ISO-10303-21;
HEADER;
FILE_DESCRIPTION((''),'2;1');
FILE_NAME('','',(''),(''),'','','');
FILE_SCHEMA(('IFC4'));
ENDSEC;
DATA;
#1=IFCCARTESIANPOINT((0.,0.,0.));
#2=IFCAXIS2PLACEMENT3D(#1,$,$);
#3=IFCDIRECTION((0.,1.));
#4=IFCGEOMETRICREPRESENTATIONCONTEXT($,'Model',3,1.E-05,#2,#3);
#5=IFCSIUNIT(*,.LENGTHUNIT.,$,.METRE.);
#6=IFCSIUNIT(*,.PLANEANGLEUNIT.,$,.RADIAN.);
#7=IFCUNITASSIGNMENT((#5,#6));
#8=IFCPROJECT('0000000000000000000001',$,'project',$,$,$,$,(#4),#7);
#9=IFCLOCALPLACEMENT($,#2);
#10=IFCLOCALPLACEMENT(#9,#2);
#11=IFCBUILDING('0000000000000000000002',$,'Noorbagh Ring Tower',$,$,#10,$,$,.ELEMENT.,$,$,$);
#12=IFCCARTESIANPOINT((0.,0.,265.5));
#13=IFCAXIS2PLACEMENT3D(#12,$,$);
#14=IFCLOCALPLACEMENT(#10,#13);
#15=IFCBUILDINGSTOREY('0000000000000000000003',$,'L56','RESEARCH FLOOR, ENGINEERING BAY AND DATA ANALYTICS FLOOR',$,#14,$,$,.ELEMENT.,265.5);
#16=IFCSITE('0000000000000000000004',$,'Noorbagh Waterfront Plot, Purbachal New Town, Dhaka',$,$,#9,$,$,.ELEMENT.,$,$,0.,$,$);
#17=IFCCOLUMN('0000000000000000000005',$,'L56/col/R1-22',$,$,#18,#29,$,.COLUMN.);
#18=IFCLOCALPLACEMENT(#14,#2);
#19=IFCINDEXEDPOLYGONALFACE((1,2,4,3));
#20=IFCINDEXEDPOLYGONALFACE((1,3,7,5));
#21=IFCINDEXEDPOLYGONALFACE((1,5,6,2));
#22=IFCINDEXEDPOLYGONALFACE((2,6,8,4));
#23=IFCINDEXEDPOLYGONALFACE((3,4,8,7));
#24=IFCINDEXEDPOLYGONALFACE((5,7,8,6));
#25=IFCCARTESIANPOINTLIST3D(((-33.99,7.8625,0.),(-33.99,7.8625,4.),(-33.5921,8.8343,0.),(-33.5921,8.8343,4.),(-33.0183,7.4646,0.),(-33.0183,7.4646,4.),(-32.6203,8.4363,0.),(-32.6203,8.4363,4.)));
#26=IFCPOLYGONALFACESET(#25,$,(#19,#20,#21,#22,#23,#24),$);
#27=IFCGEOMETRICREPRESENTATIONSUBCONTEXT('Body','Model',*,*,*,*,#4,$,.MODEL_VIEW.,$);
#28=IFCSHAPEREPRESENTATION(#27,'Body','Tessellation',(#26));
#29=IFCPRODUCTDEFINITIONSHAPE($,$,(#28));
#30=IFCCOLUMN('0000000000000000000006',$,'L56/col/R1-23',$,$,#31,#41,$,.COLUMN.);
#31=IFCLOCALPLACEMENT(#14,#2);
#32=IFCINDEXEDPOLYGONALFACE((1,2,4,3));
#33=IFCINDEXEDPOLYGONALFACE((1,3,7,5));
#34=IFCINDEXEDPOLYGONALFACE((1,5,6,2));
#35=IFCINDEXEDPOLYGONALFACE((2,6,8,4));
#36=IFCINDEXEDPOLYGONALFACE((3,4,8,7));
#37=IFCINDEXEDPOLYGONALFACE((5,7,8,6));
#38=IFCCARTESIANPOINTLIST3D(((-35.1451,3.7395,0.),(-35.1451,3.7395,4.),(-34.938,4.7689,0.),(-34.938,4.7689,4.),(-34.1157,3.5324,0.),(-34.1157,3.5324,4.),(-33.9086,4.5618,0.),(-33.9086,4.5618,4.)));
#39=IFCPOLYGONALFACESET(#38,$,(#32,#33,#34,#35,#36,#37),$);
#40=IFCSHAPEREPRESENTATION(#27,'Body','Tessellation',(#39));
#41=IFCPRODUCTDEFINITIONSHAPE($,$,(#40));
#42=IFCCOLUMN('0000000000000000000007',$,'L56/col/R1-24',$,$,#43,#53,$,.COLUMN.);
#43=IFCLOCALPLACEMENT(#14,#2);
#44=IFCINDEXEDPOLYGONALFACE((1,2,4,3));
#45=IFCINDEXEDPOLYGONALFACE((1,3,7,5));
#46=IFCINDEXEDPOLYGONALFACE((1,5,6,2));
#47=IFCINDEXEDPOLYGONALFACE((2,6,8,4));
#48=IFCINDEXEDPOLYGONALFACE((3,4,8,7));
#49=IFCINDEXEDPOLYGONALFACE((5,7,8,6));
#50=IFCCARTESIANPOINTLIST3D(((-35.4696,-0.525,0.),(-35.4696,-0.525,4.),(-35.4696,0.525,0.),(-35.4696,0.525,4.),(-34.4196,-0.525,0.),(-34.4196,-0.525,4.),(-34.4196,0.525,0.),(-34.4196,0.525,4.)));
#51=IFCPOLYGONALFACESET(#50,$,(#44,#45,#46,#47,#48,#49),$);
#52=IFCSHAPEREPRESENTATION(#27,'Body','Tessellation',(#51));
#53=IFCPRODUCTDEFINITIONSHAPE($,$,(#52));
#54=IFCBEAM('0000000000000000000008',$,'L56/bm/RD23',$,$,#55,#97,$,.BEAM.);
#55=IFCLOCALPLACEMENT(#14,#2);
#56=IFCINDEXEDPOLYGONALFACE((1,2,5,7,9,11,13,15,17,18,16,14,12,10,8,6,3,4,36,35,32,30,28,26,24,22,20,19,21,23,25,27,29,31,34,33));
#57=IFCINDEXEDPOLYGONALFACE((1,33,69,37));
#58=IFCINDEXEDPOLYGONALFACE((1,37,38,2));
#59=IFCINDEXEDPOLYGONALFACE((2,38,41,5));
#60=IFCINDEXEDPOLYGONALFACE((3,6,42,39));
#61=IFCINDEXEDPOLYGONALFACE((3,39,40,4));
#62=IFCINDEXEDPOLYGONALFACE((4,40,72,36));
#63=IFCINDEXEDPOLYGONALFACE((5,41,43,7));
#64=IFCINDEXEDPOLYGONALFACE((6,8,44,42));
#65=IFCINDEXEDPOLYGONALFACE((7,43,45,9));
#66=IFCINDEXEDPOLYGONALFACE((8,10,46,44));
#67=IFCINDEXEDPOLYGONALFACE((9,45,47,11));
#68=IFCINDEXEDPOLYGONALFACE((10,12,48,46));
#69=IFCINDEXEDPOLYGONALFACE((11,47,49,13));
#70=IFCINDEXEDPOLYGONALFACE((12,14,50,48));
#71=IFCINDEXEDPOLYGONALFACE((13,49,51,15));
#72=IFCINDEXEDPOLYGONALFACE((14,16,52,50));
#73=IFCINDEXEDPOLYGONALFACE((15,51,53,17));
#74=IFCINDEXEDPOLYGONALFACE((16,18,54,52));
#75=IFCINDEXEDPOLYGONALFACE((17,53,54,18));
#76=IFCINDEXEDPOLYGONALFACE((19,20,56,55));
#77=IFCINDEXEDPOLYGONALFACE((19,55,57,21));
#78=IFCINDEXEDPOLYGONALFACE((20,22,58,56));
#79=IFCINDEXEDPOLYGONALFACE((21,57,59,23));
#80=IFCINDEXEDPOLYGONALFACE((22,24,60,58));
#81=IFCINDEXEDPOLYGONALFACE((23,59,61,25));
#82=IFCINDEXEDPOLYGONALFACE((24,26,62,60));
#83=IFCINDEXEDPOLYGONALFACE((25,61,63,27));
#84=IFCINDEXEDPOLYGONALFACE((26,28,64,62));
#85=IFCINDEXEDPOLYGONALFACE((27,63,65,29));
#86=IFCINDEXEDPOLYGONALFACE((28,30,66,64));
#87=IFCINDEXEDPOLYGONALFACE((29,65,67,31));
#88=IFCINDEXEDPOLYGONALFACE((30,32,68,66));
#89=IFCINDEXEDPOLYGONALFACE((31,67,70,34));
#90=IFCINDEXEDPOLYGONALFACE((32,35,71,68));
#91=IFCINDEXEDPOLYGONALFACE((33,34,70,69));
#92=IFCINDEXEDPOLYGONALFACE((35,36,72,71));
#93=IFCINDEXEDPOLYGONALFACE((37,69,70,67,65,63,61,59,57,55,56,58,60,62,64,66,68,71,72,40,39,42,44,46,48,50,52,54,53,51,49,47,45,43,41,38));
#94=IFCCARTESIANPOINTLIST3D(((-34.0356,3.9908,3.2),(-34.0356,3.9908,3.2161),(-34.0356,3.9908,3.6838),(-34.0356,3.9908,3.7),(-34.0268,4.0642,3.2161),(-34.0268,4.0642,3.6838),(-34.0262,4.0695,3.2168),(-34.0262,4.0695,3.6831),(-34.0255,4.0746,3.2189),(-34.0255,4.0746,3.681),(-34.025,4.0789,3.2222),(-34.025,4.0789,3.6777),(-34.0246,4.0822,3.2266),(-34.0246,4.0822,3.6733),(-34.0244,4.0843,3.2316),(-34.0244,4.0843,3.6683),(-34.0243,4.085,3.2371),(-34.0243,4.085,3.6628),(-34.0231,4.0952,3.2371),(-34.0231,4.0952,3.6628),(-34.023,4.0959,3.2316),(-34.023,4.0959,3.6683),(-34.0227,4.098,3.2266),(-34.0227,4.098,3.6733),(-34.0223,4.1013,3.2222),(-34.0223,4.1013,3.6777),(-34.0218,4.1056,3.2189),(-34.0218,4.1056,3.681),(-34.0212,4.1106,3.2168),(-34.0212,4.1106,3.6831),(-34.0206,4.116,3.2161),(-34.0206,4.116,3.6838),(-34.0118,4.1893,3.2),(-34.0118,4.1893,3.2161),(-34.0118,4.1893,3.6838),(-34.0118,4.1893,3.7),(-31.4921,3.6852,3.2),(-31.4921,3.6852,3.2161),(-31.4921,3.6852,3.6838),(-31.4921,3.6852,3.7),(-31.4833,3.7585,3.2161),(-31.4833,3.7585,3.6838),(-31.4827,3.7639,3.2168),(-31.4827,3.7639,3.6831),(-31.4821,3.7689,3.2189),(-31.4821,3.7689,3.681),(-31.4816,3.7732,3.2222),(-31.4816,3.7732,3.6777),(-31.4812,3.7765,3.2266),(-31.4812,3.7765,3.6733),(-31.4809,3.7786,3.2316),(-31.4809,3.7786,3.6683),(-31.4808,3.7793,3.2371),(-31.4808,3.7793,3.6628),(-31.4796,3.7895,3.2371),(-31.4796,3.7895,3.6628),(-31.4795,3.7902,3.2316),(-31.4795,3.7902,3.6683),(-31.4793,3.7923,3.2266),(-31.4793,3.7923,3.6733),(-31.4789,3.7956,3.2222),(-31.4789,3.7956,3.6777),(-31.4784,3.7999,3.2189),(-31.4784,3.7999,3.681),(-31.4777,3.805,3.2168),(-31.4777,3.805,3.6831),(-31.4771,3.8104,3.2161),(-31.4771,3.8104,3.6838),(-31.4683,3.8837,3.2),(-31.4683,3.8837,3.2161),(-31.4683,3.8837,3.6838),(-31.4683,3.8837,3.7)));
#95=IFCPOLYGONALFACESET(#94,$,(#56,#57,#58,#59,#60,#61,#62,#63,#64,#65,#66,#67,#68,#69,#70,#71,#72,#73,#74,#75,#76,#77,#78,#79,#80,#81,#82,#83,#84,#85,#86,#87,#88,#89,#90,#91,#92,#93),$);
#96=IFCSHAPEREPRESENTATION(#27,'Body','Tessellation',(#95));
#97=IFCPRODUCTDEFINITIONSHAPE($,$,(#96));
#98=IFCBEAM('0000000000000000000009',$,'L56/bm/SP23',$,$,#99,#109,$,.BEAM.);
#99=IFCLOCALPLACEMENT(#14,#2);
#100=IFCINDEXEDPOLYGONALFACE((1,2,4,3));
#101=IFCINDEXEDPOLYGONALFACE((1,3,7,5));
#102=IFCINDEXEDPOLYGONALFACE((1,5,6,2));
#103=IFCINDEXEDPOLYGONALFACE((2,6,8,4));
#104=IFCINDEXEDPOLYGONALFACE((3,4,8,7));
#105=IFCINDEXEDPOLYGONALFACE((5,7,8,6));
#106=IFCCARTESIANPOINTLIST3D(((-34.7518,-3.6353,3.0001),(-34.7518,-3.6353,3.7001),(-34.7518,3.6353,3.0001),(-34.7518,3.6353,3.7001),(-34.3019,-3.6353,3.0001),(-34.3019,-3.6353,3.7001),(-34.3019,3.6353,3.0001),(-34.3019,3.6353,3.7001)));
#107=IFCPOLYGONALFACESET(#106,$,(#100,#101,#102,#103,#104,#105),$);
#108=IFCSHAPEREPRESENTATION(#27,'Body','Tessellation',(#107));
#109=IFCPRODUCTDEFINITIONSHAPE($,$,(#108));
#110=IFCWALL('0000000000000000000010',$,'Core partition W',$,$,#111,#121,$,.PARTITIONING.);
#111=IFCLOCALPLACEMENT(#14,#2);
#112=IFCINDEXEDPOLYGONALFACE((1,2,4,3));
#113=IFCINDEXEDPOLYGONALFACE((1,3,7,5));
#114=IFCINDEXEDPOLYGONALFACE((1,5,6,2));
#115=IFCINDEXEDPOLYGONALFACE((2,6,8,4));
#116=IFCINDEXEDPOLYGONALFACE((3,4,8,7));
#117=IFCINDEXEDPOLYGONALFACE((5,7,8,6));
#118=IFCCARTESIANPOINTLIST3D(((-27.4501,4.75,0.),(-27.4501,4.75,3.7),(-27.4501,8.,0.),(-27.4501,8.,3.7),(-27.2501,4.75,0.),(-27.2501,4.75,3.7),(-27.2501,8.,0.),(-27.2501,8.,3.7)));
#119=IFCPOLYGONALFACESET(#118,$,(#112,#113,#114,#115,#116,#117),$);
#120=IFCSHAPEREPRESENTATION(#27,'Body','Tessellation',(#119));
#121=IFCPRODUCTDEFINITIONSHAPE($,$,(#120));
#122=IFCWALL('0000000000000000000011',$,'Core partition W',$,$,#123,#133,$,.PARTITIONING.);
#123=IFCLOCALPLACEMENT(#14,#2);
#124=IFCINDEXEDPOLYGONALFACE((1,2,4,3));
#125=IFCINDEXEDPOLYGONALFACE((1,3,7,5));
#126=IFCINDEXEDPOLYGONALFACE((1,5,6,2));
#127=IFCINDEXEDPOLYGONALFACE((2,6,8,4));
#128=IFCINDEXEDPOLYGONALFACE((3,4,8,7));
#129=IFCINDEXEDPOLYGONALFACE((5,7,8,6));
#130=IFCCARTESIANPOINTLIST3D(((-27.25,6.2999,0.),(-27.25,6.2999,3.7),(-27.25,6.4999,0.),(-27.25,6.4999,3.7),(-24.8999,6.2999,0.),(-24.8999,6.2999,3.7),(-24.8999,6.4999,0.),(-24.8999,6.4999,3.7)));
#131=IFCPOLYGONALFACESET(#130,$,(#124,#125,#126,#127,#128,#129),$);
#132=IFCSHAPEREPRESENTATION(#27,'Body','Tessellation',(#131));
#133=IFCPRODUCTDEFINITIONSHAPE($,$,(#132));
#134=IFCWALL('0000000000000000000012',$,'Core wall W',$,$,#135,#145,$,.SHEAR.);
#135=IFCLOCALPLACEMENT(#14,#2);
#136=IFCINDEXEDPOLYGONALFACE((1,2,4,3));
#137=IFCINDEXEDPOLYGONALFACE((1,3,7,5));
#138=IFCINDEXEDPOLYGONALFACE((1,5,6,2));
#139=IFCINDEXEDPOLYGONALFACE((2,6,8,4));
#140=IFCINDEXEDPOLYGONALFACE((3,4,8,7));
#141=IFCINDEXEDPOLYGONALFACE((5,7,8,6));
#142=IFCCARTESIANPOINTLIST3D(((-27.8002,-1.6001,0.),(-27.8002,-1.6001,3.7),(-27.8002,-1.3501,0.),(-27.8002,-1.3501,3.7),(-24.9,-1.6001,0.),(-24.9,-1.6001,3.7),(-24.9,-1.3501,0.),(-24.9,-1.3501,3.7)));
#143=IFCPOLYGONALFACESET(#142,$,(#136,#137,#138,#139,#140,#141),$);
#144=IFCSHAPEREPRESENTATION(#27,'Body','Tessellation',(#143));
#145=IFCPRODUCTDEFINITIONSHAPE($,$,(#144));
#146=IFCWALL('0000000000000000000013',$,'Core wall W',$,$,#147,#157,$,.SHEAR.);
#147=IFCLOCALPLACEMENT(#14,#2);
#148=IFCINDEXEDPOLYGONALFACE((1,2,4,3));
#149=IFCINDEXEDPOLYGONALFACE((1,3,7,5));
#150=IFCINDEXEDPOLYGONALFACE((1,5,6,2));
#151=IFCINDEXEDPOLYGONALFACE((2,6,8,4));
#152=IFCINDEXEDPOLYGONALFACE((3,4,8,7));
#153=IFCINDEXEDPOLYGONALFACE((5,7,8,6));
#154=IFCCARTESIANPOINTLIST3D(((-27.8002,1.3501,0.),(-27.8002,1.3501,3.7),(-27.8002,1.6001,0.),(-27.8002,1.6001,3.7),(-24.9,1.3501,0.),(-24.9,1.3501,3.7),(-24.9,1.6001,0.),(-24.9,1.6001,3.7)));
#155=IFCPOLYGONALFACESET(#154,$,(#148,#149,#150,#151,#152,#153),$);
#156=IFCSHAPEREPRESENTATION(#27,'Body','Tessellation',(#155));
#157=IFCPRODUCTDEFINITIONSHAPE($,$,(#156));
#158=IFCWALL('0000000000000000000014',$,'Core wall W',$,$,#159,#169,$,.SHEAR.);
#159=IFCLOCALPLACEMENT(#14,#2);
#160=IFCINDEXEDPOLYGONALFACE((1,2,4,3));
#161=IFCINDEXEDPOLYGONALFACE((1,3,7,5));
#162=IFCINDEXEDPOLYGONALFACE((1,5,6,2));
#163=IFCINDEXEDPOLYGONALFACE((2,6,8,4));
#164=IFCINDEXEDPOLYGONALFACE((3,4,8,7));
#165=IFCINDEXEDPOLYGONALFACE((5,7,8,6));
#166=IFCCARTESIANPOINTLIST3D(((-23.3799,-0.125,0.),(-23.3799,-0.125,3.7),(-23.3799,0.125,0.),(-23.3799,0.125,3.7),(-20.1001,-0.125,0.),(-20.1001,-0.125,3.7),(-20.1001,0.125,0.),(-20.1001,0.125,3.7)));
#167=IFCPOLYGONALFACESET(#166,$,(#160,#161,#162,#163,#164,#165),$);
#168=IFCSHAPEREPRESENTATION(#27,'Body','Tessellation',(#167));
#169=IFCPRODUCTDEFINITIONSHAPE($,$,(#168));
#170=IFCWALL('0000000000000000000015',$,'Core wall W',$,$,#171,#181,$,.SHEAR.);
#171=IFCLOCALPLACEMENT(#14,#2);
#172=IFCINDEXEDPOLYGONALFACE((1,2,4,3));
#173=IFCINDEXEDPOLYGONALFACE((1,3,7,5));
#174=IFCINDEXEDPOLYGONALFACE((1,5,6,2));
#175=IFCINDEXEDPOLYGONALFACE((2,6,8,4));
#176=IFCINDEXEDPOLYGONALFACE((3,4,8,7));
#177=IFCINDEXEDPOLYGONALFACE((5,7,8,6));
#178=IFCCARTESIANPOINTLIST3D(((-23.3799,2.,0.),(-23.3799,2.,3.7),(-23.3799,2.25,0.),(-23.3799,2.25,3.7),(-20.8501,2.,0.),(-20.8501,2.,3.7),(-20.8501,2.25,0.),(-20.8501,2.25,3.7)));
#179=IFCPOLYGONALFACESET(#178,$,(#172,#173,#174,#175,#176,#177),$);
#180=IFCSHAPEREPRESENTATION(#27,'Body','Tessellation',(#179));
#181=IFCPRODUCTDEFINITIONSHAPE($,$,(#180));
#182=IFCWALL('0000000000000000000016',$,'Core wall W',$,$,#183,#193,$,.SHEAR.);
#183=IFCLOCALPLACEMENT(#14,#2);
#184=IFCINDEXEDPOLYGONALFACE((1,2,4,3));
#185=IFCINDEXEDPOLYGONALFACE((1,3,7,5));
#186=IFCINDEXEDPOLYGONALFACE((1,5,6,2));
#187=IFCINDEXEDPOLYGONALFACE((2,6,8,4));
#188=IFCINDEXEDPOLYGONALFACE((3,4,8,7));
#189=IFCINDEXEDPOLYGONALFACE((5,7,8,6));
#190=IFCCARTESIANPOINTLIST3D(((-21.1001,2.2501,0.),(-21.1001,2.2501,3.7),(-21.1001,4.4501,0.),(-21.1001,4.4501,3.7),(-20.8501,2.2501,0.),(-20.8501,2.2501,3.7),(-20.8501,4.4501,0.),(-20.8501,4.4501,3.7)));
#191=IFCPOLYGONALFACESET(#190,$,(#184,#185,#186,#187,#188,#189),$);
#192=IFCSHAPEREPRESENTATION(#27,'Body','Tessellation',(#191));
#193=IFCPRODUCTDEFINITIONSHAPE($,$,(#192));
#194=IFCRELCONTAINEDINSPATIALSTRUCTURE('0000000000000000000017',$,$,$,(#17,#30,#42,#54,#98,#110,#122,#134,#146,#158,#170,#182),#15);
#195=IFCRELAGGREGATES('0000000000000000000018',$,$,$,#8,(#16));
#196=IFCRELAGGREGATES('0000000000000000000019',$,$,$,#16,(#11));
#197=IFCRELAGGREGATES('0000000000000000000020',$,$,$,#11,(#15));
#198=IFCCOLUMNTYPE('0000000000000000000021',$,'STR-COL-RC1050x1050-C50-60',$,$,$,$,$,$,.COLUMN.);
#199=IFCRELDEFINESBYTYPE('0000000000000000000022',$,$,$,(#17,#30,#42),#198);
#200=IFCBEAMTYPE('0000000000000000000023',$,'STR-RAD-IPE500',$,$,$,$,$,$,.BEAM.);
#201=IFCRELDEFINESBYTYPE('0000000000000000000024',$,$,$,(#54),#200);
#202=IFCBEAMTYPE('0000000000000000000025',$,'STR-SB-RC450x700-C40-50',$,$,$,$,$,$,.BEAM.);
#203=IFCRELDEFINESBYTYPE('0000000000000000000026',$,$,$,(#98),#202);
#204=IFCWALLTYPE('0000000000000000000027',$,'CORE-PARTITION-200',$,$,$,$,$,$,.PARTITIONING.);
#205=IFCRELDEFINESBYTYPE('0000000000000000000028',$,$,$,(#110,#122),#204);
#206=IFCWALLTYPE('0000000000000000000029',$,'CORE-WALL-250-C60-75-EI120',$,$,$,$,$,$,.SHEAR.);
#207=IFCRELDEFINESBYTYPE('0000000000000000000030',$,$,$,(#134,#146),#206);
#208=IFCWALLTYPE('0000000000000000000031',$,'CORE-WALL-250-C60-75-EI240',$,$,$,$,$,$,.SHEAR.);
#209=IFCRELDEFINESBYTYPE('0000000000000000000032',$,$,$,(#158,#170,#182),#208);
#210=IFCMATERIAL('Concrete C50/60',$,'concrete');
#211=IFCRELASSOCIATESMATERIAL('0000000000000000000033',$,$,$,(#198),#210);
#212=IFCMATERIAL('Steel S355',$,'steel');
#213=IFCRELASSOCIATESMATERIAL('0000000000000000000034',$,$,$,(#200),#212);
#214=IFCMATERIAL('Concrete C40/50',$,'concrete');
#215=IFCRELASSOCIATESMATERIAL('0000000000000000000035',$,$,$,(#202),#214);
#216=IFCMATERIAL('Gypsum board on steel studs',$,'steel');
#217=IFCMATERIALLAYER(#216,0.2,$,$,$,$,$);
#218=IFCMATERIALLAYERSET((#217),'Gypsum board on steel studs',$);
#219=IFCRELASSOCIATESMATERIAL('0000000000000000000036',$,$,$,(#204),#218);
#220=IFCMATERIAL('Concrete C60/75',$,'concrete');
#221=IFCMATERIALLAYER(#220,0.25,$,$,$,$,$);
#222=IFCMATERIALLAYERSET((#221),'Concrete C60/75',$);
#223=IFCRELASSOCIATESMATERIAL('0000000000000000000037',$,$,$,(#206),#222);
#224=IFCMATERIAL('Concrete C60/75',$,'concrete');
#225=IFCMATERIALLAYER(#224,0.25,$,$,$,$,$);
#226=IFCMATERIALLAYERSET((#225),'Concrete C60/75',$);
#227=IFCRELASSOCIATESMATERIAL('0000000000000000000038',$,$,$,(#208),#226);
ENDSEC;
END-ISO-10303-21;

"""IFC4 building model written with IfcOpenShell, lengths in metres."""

from ifc_helpers import new_model, si_unit, direction, frame, frame_2d, origin, origin_2d, place, context, subcontext, project, spatial, rectangle, i_section, extrude, material, layer, layer_set, material_profile, profile_set, type_object, element, save


model = new_model("IFC4")

# Units and contexts
model_context = context("Model", 3, precision=1e-05, world=origin(), true_north=direction((0.0, 1.0)))
body_context = subcontext(model_context, "Body", "Model", "MODEL_VIEW")
ifc_project = project(units=[si_unit("LENGTHUNIT", "METRE"), si_unit("PLANEANGLEUNIT", "RADIAN")], contexts=[model_context])

# Site, building, storey
site_placement = place(None, origin())
site = spatial("IfcSite", under=ifc_project, at=site_placement, Name="Noorbagh Waterfront Plot, Purbachal New Town, Dhaka", CompositionType="ELEMENT", RefElevation=0.0)
building_placement = place(site_placement, origin())
building = spatial("IfcBuilding", under=site, at=building_placement, Name="Noorbagh Ring Tower", CompositionType="ELEMENT")
storey_placement = place(building_placement, frame((0.0, 0.0, 265.5)))
storey = spatial("IfcBuildingStorey", under=building, at=storey_placement, Name="L56", Description="RESEARCH FLOOR, ENGINEERING BAY AND DATA ANALYTICS FLOOR", CompositionType="ELEMENT", Elevation=265.5)

# Columns
ifc_material_1 = material(Name="Concrete C50/60", Category="concrete")
ifc_material_profile_1 = material_profile(ifc_material_1, rectangle(XDim=1.05, YDim=1.05, at=origin_2d()), Name="RC1050x1050")
ifc_profile_set_1 = profile_set([ifc_material_profile_1], Name="Concrete C50/60")
column_type = type_object("IfcColumnType", Name="STR-COL-RC1050x1050-C50-60", PredefinedType="COLUMN", material=ifc_profile_set_1)
for number, where, z_axis, x_axis, name in (
    (1, (-33.3052, 8.1494, 0.0), (0.0, 0.0, 1.0), (-0.378989, -0.925401, 0.0), "L56/col/R1-22"),
    (2, (-34.5269, 4.1506, 0.0), (0.0, 0.0, 1.0), (-0.19723, -0.980357, 0.0), "L56/col/R1-23"),
    (3, (-34.9446, 0.0, 0.0), (0.0, 0.0, 1.0), (0.0, -1.0, 0.0), "L56/col/R1-24"),
):
    element("IfcColumn", number, at=place(storey_placement, frame(where, z_axis=z_axis, x_axis=x_axis)), inside=storey, type_object=column_type, Name=name, PredefinedType="COLUMN", context=body_context, shape_type="SweptSolid", body=[
        extrude(rectangle(XDim=1.05, YDim=1.05, at=origin_2d()), origin(), (0.0, 0.0, 1.0), 4.0),
    ])

# Beams
ifc_material_2 = material(Name="Steel S355", Category="steel")
ifc_material_profile_2 = material_profile(ifc_material_2, i_section(OverallWidth=0.2, OverallDepth=0.5, WebThickness=0.0103, FlangeThickness=0.0161, FilletRadius=0.021, at=origin_2d()), Name="IPE500")
ifc_profile_set_2 = profile_set([ifc_material_profile_2], Name="Steel S355")
beam_type_1 = type_object("IfcBeamType", Name="STR-RAD-IPE500", PredefinedType="BEAM", material=ifc_profile_set_2)
beam_1_placement = place(storey_placement, frame((-34.0237, 4.0901, 3.45), z_axis=(0.992856, -0.119318, 0.0), x_axis=(0.119318, 0.992856, 0.0)))
element("IfcBeam", 4, at=beam_1_placement, inside=storey, type_object=beam_type_1, Name="L56/bm/RD23", PredefinedType="BEAM", context=body_context, shape_type="SweptSolid", body=[
    extrude(i_section(OverallWidth=0.2, OverallDepth=0.5, WebThickness=0.0103, FlangeThickness=0.0161, FilletRadius=0.021, at=origin_2d()), origin(), (0.0, 0.0, 1.0), 2.5618),
])
ifc_material_3 = material(Name="Concrete C40/50", Category="concrete")
ifc_material_profile_3 = material_profile(ifc_material_3, rectangle(XDim=0.45, YDim=0.7, at=origin_2d()), Name="RC450x700")
ifc_profile_set_3 = profile_set([ifc_material_profile_3], Name="Concrete C40/50")
beam_type_2 = type_object("IfcBeamType", Name="STR-SB-RC450x700-C40-50", PredefinedType="BEAM", material=ifc_profile_set_3)
beam_2_placement = place(storey_placement, frame((-34.5269, 3.6353, 3.3501), z_axis=(0.0, -1.0, 0.0), x_axis=(1.0, 0.0, 0.0)))
element("IfcBeam", 5, at=beam_2_placement, inside=storey, type_object=beam_type_2, Name="L56/bm/SP23", PredefinedType="BEAM", context=body_context, shape_type="SweptSolid", body=[
    extrude(rectangle(XDim=0.45, YDim=0.7, at=origin_2d()), origin(), (0.0, 0.0, 1.0), 7.2705),
])

# Walls
ifc_material_4 = material(Name="Gypsum board on steel studs", Category="steel")
ifc_layer_1 = layer(ifc_material_4, 0.2)
ifc_layer_set_1 = layer_set([ifc_layer_1], Name="Gypsum board on steel studs")
wall_type_1 = type_object("IfcWallType", Name="CORE-PARTITION-200", PredefinedType="PARTITIONING", material=ifc_layer_set_1)
wall_1_placement = place(storey_placement, frame((-27.3501, 4.75, 0.0), z_axis=(0.0, 0.0, 1.0), x_axis=(0.0, 1.0, 0.0)))
element("IfcWall", 6, at=wall_1_placement, inside=storey, type_object=wall_type_1, Name="Core partition W", PredefinedType="PARTITIONING", context=body_context, shape_type="SweptSolid", body=[
    extrude(rectangle(XDim=3.25, YDim=0.2, at=frame_2d((1.625, 0.0))), origin(), (0.0, 0.0, 1.0), 3.7),
])
wall_2_placement = place(storey_placement, frame((-24.8999, 6.3999, 0.0), z_axis=(0.0, 0.0, 1.0), x_axis=(-1.0, 0.0, 0.0)))
element("IfcWall", 7, at=wall_2_placement, inside=storey, type_object=wall_type_1, Name="Core partition W", PredefinedType="PARTITIONING", context=body_context, shape_type="SweptSolid", body=[
    extrude(rectangle(XDim=2.3501, YDim=0.2, at=frame_2d((1.175, 0.0))), origin(), (0.0, 0.0, 1.0), 3.7),
])
ifc_material_5 = material(Name="Concrete C60/75", Category="concrete")
ifc_layer_2 = layer(ifc_material_5, 0.25)
ifc_layer_set_2 = layer_set([ifc_layer_2], Name="Concrete C60/75")
wall_type_2 = type_object("IfcWallType", Name="CORE-WALL-250-C60-75-EI120", PredefinedType="SHEAR", material=ifc_layer_set_2)
for number, where, z_axis, x_axis, name in (
    (8, (-24.8999, -1.4751, 0.0), (0.0, 0.0, 1.0), (-1.0, 0.0, 0.0), "Core wall W"),
    (9, (-24.8999, 1.4751, 0.0), (0.0, 0.0, 1.0), (-1.0, 0.0, 0.0), "Core wall W"),
):
    element("IfcWall", number, at=place(storey_placement, frame(where, z_axis=z_axis, x_axis=x_axis)), inside=storey, type_object=wall_type_2, Name=name, PredefinedType="SHEAR", context=body_context, shape_type="SweptSolid", body=[
        extrude(rectangle(XDim=2.9001, YDim=0.25, at=frame_2d((1.4502, 0.0))), origin(), (0.0, 0.0, 1.0), 3.7),
    ])
ifc_material_6 = material(Name="Concrete C60/75", Category="concrete")
ifc_layer_3 = layer(ifc_material_6, 0.25)
ifc_layer_set_3 = layer_set([ifc_layer_3], Name="Concrete C60/75")
wall_type_3 = type_object("IfcWallType", Name="CORE-WALL-250-C60-75-EI240", PredefinedType="SHEAR", material=ifc_layer_set_3)
wall_3_placement = place(storey_placement, frame((-20.1001, 0.0, 0.0), z_axis=(0.0, 0.0, 1.0), x_axis=(-1.0, 0.0, 0.0)))
element("IfcWall", 10, at=wall_3_placement, inside=storey, type_object=wall_type_3, Name="Core wall W", PredefinedType="SHEAR", context=body_context, shape_type="SweptSolid", body=[
    extrude(rectangle(XDim=3.2798, YDim=0.25, at=frame_2d((1.6399, 0.0))), origin(), (0.0, 0.0, 1.0), 3.7),
])
wall_4_placement = place(storey_placement, frame((-20.8501, 2.125, 0.0), z_axis=(0.0, 0.0, 1.0), x_axis=(-1.0, 0.0, 0.0)))
element("IfcWall", 11, at=wall_4_placement, inside=storey, type_object=wall_type_3, Name="Core wall W", PredefinedType="SHEAR", context=body_context, shape_type="SweptSolid", body=[
    extrude(rectangle(XDim=2.5298, YDim=0.25, at=frame_2d((1.2649, 0.0))), origin(), (0.0, 0.0, 1.0), 3.7),
])
wall_5_placement = place(storey_placement, frame((-20.9751, 2.25, 0.0), z_axis=(0.0, 0.0, 1.0), x_axis=(0.0, 1.0, 0.0)))
element("IfcWall", 12, at=wall_5_placement, inside=storey, type_object=wall_type_3, Name="Core wall W", PredefinedType="SHEAR", context=body_context, shape_type="SweptSolid", body=[
    extrude(rectangle(XDim=2.2, YDim=0.25, at=frame_2d((1.1001, 0.0))), origin(), (0.0, 0.0, 1.0), 3.7),
])

save(model, "model.ifc")
